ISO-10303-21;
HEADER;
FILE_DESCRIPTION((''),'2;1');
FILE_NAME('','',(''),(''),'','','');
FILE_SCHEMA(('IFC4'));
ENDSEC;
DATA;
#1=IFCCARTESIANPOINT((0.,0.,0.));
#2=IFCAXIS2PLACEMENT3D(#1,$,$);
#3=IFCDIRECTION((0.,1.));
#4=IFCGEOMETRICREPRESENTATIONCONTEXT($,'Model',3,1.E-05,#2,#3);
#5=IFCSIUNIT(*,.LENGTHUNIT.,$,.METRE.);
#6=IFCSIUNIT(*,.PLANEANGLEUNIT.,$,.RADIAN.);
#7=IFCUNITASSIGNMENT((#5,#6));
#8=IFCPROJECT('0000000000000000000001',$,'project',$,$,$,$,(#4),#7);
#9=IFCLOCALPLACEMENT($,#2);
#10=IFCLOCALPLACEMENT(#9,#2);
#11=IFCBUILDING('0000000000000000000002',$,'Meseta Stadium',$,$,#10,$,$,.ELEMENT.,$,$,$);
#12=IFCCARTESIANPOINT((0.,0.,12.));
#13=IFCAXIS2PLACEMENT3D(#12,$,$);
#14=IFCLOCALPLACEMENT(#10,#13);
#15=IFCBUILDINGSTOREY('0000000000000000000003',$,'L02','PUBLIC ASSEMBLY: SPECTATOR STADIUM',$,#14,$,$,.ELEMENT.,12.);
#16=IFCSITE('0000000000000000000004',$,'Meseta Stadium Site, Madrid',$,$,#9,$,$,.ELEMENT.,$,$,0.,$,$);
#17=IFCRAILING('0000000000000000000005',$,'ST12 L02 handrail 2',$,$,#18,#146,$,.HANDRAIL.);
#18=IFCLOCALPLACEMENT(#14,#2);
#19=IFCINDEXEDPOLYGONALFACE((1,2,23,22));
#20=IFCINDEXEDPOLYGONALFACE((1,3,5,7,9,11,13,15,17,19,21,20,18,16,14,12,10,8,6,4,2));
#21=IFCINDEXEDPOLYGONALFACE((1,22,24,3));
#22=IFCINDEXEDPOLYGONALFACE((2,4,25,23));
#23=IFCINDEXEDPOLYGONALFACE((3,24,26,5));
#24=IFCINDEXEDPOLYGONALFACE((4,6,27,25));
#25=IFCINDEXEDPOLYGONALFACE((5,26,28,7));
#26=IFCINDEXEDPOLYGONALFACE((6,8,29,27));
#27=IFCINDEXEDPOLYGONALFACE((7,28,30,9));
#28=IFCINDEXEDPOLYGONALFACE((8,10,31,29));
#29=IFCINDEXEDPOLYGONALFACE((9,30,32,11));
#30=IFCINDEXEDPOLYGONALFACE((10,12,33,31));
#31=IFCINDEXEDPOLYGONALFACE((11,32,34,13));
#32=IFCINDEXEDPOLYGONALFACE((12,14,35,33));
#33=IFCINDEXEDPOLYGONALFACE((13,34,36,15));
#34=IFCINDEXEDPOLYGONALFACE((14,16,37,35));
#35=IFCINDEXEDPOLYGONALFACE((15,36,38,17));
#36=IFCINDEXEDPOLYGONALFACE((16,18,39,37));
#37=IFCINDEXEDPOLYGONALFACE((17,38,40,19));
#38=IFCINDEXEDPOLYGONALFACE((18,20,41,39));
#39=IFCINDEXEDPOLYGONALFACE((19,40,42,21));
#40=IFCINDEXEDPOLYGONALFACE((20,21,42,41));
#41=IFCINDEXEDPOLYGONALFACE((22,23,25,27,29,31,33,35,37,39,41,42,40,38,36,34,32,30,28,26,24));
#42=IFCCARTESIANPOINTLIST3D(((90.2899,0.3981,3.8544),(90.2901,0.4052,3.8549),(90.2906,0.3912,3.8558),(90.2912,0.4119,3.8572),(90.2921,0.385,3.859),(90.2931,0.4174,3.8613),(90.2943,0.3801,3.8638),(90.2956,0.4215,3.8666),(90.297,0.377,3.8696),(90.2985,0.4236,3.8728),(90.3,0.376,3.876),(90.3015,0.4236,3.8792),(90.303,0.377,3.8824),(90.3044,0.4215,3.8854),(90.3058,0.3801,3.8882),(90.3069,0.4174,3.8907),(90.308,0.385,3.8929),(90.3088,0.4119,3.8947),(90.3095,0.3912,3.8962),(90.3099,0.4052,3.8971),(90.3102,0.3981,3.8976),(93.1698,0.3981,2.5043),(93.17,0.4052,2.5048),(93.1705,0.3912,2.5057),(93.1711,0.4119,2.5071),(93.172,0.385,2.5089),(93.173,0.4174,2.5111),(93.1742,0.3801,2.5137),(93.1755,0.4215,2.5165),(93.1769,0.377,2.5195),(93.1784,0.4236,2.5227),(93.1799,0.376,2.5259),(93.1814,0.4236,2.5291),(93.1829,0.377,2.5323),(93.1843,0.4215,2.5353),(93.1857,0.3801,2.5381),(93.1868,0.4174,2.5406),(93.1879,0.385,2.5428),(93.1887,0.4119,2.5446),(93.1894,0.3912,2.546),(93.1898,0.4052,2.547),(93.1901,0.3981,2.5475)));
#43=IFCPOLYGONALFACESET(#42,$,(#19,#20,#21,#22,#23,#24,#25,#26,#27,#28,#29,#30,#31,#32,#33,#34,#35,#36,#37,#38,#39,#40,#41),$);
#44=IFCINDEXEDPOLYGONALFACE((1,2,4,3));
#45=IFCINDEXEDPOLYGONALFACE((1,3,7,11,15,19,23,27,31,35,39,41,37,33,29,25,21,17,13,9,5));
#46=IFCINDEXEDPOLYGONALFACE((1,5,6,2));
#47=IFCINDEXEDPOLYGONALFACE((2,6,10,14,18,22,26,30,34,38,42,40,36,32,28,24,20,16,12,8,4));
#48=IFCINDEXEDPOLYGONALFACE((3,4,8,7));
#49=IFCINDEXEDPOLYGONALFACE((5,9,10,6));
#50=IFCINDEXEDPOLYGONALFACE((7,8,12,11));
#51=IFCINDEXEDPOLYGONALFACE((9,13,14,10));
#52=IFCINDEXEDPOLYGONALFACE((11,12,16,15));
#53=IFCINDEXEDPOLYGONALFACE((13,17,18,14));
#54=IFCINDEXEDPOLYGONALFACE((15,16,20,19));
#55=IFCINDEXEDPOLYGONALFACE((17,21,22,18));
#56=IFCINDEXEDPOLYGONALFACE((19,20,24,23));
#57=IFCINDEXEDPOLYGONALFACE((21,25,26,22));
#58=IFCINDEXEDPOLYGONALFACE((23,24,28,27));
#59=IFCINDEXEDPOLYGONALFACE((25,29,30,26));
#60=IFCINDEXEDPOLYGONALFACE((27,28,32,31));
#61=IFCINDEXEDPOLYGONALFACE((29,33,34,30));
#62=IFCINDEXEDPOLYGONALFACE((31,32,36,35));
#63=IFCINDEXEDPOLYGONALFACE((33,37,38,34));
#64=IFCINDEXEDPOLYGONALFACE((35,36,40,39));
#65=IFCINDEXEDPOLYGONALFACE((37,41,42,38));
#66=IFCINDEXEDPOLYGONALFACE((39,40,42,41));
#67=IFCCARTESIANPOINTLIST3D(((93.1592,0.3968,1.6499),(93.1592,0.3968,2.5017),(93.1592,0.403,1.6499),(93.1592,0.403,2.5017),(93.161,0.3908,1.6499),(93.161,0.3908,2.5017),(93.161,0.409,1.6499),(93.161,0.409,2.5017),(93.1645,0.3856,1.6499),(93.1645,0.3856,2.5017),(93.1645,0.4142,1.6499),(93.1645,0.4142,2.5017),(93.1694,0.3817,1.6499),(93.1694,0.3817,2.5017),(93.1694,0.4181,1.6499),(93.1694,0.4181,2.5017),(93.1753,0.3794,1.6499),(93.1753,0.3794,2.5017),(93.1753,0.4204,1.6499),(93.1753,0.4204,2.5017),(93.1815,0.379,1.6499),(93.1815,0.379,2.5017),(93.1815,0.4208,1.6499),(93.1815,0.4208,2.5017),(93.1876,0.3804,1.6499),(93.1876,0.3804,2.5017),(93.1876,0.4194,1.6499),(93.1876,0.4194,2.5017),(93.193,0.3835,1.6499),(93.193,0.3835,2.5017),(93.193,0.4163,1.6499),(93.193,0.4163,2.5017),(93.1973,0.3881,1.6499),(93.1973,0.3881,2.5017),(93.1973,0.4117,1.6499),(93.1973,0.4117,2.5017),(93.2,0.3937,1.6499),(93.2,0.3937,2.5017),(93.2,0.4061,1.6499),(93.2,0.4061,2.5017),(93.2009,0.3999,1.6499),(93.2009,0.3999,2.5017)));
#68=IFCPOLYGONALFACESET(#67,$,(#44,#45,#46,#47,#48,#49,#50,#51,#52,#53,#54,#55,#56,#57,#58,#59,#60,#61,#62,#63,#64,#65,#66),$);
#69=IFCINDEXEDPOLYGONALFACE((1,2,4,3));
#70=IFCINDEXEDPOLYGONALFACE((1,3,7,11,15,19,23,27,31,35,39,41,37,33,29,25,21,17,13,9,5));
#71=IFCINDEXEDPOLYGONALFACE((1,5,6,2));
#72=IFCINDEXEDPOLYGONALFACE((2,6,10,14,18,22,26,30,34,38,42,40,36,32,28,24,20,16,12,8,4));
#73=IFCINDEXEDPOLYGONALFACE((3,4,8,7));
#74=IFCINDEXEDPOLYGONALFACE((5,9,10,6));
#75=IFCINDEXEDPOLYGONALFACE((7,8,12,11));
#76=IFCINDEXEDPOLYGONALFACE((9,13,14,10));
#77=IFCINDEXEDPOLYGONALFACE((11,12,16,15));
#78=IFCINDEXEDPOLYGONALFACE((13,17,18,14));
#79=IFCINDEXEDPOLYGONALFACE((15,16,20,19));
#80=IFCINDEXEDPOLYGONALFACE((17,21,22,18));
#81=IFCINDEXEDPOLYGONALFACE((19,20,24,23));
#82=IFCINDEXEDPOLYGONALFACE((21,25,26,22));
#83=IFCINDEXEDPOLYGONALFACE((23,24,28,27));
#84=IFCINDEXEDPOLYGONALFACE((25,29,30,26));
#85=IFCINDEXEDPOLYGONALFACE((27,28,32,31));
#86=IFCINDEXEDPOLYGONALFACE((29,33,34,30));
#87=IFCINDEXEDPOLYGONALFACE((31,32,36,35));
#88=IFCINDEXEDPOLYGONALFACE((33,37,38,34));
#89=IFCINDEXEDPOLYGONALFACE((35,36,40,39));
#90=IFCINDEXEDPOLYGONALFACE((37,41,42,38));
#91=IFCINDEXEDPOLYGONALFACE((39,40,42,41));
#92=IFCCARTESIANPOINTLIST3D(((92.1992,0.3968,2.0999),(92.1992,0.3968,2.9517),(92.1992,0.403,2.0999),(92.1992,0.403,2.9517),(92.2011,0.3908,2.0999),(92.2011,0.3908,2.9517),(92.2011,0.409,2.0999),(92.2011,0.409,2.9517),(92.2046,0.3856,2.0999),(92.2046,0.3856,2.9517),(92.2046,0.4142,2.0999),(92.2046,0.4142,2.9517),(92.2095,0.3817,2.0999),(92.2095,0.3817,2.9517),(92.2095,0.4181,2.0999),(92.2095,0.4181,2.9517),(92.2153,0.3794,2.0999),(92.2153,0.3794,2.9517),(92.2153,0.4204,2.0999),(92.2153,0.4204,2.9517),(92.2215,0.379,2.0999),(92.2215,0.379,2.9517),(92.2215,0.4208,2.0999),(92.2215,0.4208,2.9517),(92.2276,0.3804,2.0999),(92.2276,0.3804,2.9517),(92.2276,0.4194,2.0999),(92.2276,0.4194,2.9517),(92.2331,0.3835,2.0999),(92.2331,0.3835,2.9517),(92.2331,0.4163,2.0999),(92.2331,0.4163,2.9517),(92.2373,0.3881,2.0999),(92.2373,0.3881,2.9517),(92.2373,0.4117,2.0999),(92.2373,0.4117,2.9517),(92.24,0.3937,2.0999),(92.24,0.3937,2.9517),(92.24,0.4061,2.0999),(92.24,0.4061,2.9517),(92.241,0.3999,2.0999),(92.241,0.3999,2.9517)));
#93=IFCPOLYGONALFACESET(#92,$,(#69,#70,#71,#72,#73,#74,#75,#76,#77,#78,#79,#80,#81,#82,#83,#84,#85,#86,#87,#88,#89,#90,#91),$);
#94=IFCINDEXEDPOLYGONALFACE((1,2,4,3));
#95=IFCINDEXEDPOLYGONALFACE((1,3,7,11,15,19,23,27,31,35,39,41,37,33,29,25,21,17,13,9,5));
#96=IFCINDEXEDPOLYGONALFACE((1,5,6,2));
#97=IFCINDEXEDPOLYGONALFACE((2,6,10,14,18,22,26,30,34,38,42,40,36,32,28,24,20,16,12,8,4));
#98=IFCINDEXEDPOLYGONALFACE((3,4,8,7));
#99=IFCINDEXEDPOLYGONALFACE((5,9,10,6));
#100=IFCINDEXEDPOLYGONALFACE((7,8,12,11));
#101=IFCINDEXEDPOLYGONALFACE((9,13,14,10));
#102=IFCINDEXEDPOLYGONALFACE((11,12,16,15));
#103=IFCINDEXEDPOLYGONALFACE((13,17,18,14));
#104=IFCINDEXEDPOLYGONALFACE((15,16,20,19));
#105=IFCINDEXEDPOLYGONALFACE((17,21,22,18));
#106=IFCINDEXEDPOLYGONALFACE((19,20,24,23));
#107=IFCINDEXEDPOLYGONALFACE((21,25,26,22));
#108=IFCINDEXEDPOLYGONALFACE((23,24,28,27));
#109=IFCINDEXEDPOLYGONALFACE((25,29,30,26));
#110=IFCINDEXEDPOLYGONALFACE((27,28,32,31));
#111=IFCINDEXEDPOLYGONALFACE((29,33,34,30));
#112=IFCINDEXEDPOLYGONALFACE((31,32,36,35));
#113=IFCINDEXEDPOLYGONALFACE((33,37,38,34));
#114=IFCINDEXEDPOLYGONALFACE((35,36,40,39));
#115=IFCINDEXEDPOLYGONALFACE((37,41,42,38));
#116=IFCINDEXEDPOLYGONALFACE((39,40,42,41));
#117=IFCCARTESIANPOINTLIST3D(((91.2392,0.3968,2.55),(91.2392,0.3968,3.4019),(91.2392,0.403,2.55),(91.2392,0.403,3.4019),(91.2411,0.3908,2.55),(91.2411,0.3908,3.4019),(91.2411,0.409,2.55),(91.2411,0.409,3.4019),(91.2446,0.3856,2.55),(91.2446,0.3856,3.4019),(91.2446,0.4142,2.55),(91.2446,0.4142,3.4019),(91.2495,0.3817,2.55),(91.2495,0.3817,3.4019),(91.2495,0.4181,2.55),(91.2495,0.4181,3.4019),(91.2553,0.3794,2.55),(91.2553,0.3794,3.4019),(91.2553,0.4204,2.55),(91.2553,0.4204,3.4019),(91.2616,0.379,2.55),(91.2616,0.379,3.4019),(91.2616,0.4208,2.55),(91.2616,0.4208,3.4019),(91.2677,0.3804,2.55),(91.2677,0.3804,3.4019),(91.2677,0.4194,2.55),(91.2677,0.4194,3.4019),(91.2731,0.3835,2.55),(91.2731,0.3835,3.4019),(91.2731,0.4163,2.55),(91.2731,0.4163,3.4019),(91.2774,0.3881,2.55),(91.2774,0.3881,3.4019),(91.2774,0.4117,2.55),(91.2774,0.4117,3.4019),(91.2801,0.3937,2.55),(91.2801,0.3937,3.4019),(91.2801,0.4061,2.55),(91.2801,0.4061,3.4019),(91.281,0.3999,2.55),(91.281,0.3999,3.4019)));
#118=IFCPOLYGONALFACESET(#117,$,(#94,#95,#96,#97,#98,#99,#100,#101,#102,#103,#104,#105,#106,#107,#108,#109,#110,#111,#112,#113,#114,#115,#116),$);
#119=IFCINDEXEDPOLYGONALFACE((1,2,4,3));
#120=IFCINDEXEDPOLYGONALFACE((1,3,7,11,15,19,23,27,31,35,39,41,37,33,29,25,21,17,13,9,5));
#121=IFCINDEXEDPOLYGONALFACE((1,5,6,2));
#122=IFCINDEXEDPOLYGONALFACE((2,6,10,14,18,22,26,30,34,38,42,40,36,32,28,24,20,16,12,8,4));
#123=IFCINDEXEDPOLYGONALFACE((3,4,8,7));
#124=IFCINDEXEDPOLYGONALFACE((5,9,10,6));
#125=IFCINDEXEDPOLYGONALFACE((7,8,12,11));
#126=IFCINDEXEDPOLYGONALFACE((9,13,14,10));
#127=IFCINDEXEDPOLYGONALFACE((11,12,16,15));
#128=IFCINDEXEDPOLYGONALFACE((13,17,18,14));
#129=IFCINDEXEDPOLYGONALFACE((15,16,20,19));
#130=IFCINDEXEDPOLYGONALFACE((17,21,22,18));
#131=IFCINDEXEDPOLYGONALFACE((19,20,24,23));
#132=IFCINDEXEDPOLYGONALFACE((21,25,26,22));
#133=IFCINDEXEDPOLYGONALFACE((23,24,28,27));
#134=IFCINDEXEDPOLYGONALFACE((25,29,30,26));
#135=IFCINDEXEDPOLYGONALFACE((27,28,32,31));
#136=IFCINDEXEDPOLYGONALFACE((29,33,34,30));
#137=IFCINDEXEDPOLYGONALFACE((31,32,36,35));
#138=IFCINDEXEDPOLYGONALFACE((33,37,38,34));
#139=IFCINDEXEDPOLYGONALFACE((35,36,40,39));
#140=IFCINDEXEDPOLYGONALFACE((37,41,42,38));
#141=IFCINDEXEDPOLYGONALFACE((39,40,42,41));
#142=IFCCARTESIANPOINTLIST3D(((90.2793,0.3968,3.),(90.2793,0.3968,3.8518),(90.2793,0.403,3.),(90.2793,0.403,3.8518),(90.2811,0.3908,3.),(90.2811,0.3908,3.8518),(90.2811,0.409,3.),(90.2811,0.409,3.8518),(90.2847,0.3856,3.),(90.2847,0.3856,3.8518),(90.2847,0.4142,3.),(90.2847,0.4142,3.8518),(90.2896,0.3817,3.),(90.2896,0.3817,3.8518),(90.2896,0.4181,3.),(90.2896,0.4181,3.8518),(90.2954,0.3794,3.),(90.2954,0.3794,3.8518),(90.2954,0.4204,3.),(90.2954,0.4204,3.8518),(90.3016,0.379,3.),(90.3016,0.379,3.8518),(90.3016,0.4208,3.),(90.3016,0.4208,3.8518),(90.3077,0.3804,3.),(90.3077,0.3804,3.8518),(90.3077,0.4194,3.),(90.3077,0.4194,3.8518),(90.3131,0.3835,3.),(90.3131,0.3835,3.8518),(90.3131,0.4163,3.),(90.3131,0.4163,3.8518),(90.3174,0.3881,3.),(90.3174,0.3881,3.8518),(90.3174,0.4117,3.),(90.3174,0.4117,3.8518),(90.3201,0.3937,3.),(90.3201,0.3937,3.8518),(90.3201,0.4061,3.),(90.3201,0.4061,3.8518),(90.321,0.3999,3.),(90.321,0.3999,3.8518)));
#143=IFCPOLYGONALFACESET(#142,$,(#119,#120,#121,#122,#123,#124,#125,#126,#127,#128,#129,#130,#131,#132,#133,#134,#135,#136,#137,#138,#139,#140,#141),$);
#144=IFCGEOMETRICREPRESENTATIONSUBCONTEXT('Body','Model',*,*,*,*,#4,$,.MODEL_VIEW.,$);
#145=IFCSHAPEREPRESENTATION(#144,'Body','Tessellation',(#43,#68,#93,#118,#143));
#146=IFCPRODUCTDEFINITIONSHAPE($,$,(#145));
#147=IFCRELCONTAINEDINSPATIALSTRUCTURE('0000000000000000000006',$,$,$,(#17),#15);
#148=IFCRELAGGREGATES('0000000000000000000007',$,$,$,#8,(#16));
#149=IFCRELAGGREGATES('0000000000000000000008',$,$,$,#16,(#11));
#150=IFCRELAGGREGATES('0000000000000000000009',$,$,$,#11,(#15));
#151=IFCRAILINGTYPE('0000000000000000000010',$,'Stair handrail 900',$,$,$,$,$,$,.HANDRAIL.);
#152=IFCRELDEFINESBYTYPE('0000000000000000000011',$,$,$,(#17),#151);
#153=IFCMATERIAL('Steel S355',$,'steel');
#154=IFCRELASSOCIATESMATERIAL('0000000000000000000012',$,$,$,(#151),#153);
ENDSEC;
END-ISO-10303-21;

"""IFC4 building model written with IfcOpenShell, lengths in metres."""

from ifc_helpers import new_model, si_unit, direction, frame, origin, origin_2d, place, context, subcontext, project, spatial, circle, extrude, material, type_object, element, save


model = new_model("IFC4")

# Units and contexts
model_context = context("Model", 3, precision=1e-05, world=origin(), true_north=direction((0.0, 1.0)))
body_context = subcontext(model_context, "Body", "Model", "MODEL_VIEW")
ifc_project = project(units=[si_unit("LENGTHUNIT", "METRE"), si_unit("PLANEANGLEUNIT", "RADIAN")], contexts=[model_context])

# Site, building, storey
site_placement = place(None, origin())
site = spatial("IfcSite", under=ifc_project, at=site_placement, Name="Meseta Stadium Site, Madrid", CompositionType="ELEMENT", RefElevation=0.0)
building_placement = place(site_placement, origin())
building = spatial("IfcBuilding", under=site, at=building_placement, Name="Meseta Stadium", CompositionType="ELEMENT")
storey_placement = place(building_placement, frame((0.0, 0.0, 12.0)))
storey = spatial("IfcBuildingStorey", under=building, at=storey_placement, Name="L02", Description="PUBLIC ASSEMBLY: SPECTATOR STADIUM", CompositionType="ELEMENT", Elevation=12.0)

# Railing
ifc_material_1 = material(Name="Steel S355", Category="steel")
railing_type = type_object("IfcRailingType", Name="Stair handrail 900", PredefinedType="HANDRAIL", material=ifc_material_1)
for number, where, name in (
    (1, (93.1799, 0.3999, 1.6499), "ST12 L02 handrail 2"),
):
    element("IfcRailing", number, at=place(storey_placement, frame(where)), inside=storey, type_object=railing_type, Name=name, PredefinedType="HANDRAIL", context=body_context, shape_type="SweptSolid", body=[
        extrude(circle(Radius=0.0239, at=origin_2d()), frame((0.0, 0.0, 0.876), z_axis=(-0.90544, 0.0, 0.424473), x_axis=(0.0, -1.0, 0.0)), (0.0, 0.0, 1.0), 3.1807),
        extrude(circle(Radius=0.021, at=origin_2d()), origin(), (0.0, 0.0, 1.0), 0.8518),
        extrude(circle(Radius=0.021, at=origin_2d()), frame((-0.96, 0.0, 0.45)), (0.0, 0.0, 1.0), 0.8518),
        extrude(circle(Radius=0.021, at=origin_2d()), frame((-1.9199, 0.0, 0.9001)), (0.0, 0.0, 1.0), 0.8518),
        extrude(circle(Radius=0.021, at=origin_2d()), frame((-2.8799, 0.0, 1.3501)), (0.0, 0.0, 1.0), 0.8518),
    ])

save(model, "model.ifc")
